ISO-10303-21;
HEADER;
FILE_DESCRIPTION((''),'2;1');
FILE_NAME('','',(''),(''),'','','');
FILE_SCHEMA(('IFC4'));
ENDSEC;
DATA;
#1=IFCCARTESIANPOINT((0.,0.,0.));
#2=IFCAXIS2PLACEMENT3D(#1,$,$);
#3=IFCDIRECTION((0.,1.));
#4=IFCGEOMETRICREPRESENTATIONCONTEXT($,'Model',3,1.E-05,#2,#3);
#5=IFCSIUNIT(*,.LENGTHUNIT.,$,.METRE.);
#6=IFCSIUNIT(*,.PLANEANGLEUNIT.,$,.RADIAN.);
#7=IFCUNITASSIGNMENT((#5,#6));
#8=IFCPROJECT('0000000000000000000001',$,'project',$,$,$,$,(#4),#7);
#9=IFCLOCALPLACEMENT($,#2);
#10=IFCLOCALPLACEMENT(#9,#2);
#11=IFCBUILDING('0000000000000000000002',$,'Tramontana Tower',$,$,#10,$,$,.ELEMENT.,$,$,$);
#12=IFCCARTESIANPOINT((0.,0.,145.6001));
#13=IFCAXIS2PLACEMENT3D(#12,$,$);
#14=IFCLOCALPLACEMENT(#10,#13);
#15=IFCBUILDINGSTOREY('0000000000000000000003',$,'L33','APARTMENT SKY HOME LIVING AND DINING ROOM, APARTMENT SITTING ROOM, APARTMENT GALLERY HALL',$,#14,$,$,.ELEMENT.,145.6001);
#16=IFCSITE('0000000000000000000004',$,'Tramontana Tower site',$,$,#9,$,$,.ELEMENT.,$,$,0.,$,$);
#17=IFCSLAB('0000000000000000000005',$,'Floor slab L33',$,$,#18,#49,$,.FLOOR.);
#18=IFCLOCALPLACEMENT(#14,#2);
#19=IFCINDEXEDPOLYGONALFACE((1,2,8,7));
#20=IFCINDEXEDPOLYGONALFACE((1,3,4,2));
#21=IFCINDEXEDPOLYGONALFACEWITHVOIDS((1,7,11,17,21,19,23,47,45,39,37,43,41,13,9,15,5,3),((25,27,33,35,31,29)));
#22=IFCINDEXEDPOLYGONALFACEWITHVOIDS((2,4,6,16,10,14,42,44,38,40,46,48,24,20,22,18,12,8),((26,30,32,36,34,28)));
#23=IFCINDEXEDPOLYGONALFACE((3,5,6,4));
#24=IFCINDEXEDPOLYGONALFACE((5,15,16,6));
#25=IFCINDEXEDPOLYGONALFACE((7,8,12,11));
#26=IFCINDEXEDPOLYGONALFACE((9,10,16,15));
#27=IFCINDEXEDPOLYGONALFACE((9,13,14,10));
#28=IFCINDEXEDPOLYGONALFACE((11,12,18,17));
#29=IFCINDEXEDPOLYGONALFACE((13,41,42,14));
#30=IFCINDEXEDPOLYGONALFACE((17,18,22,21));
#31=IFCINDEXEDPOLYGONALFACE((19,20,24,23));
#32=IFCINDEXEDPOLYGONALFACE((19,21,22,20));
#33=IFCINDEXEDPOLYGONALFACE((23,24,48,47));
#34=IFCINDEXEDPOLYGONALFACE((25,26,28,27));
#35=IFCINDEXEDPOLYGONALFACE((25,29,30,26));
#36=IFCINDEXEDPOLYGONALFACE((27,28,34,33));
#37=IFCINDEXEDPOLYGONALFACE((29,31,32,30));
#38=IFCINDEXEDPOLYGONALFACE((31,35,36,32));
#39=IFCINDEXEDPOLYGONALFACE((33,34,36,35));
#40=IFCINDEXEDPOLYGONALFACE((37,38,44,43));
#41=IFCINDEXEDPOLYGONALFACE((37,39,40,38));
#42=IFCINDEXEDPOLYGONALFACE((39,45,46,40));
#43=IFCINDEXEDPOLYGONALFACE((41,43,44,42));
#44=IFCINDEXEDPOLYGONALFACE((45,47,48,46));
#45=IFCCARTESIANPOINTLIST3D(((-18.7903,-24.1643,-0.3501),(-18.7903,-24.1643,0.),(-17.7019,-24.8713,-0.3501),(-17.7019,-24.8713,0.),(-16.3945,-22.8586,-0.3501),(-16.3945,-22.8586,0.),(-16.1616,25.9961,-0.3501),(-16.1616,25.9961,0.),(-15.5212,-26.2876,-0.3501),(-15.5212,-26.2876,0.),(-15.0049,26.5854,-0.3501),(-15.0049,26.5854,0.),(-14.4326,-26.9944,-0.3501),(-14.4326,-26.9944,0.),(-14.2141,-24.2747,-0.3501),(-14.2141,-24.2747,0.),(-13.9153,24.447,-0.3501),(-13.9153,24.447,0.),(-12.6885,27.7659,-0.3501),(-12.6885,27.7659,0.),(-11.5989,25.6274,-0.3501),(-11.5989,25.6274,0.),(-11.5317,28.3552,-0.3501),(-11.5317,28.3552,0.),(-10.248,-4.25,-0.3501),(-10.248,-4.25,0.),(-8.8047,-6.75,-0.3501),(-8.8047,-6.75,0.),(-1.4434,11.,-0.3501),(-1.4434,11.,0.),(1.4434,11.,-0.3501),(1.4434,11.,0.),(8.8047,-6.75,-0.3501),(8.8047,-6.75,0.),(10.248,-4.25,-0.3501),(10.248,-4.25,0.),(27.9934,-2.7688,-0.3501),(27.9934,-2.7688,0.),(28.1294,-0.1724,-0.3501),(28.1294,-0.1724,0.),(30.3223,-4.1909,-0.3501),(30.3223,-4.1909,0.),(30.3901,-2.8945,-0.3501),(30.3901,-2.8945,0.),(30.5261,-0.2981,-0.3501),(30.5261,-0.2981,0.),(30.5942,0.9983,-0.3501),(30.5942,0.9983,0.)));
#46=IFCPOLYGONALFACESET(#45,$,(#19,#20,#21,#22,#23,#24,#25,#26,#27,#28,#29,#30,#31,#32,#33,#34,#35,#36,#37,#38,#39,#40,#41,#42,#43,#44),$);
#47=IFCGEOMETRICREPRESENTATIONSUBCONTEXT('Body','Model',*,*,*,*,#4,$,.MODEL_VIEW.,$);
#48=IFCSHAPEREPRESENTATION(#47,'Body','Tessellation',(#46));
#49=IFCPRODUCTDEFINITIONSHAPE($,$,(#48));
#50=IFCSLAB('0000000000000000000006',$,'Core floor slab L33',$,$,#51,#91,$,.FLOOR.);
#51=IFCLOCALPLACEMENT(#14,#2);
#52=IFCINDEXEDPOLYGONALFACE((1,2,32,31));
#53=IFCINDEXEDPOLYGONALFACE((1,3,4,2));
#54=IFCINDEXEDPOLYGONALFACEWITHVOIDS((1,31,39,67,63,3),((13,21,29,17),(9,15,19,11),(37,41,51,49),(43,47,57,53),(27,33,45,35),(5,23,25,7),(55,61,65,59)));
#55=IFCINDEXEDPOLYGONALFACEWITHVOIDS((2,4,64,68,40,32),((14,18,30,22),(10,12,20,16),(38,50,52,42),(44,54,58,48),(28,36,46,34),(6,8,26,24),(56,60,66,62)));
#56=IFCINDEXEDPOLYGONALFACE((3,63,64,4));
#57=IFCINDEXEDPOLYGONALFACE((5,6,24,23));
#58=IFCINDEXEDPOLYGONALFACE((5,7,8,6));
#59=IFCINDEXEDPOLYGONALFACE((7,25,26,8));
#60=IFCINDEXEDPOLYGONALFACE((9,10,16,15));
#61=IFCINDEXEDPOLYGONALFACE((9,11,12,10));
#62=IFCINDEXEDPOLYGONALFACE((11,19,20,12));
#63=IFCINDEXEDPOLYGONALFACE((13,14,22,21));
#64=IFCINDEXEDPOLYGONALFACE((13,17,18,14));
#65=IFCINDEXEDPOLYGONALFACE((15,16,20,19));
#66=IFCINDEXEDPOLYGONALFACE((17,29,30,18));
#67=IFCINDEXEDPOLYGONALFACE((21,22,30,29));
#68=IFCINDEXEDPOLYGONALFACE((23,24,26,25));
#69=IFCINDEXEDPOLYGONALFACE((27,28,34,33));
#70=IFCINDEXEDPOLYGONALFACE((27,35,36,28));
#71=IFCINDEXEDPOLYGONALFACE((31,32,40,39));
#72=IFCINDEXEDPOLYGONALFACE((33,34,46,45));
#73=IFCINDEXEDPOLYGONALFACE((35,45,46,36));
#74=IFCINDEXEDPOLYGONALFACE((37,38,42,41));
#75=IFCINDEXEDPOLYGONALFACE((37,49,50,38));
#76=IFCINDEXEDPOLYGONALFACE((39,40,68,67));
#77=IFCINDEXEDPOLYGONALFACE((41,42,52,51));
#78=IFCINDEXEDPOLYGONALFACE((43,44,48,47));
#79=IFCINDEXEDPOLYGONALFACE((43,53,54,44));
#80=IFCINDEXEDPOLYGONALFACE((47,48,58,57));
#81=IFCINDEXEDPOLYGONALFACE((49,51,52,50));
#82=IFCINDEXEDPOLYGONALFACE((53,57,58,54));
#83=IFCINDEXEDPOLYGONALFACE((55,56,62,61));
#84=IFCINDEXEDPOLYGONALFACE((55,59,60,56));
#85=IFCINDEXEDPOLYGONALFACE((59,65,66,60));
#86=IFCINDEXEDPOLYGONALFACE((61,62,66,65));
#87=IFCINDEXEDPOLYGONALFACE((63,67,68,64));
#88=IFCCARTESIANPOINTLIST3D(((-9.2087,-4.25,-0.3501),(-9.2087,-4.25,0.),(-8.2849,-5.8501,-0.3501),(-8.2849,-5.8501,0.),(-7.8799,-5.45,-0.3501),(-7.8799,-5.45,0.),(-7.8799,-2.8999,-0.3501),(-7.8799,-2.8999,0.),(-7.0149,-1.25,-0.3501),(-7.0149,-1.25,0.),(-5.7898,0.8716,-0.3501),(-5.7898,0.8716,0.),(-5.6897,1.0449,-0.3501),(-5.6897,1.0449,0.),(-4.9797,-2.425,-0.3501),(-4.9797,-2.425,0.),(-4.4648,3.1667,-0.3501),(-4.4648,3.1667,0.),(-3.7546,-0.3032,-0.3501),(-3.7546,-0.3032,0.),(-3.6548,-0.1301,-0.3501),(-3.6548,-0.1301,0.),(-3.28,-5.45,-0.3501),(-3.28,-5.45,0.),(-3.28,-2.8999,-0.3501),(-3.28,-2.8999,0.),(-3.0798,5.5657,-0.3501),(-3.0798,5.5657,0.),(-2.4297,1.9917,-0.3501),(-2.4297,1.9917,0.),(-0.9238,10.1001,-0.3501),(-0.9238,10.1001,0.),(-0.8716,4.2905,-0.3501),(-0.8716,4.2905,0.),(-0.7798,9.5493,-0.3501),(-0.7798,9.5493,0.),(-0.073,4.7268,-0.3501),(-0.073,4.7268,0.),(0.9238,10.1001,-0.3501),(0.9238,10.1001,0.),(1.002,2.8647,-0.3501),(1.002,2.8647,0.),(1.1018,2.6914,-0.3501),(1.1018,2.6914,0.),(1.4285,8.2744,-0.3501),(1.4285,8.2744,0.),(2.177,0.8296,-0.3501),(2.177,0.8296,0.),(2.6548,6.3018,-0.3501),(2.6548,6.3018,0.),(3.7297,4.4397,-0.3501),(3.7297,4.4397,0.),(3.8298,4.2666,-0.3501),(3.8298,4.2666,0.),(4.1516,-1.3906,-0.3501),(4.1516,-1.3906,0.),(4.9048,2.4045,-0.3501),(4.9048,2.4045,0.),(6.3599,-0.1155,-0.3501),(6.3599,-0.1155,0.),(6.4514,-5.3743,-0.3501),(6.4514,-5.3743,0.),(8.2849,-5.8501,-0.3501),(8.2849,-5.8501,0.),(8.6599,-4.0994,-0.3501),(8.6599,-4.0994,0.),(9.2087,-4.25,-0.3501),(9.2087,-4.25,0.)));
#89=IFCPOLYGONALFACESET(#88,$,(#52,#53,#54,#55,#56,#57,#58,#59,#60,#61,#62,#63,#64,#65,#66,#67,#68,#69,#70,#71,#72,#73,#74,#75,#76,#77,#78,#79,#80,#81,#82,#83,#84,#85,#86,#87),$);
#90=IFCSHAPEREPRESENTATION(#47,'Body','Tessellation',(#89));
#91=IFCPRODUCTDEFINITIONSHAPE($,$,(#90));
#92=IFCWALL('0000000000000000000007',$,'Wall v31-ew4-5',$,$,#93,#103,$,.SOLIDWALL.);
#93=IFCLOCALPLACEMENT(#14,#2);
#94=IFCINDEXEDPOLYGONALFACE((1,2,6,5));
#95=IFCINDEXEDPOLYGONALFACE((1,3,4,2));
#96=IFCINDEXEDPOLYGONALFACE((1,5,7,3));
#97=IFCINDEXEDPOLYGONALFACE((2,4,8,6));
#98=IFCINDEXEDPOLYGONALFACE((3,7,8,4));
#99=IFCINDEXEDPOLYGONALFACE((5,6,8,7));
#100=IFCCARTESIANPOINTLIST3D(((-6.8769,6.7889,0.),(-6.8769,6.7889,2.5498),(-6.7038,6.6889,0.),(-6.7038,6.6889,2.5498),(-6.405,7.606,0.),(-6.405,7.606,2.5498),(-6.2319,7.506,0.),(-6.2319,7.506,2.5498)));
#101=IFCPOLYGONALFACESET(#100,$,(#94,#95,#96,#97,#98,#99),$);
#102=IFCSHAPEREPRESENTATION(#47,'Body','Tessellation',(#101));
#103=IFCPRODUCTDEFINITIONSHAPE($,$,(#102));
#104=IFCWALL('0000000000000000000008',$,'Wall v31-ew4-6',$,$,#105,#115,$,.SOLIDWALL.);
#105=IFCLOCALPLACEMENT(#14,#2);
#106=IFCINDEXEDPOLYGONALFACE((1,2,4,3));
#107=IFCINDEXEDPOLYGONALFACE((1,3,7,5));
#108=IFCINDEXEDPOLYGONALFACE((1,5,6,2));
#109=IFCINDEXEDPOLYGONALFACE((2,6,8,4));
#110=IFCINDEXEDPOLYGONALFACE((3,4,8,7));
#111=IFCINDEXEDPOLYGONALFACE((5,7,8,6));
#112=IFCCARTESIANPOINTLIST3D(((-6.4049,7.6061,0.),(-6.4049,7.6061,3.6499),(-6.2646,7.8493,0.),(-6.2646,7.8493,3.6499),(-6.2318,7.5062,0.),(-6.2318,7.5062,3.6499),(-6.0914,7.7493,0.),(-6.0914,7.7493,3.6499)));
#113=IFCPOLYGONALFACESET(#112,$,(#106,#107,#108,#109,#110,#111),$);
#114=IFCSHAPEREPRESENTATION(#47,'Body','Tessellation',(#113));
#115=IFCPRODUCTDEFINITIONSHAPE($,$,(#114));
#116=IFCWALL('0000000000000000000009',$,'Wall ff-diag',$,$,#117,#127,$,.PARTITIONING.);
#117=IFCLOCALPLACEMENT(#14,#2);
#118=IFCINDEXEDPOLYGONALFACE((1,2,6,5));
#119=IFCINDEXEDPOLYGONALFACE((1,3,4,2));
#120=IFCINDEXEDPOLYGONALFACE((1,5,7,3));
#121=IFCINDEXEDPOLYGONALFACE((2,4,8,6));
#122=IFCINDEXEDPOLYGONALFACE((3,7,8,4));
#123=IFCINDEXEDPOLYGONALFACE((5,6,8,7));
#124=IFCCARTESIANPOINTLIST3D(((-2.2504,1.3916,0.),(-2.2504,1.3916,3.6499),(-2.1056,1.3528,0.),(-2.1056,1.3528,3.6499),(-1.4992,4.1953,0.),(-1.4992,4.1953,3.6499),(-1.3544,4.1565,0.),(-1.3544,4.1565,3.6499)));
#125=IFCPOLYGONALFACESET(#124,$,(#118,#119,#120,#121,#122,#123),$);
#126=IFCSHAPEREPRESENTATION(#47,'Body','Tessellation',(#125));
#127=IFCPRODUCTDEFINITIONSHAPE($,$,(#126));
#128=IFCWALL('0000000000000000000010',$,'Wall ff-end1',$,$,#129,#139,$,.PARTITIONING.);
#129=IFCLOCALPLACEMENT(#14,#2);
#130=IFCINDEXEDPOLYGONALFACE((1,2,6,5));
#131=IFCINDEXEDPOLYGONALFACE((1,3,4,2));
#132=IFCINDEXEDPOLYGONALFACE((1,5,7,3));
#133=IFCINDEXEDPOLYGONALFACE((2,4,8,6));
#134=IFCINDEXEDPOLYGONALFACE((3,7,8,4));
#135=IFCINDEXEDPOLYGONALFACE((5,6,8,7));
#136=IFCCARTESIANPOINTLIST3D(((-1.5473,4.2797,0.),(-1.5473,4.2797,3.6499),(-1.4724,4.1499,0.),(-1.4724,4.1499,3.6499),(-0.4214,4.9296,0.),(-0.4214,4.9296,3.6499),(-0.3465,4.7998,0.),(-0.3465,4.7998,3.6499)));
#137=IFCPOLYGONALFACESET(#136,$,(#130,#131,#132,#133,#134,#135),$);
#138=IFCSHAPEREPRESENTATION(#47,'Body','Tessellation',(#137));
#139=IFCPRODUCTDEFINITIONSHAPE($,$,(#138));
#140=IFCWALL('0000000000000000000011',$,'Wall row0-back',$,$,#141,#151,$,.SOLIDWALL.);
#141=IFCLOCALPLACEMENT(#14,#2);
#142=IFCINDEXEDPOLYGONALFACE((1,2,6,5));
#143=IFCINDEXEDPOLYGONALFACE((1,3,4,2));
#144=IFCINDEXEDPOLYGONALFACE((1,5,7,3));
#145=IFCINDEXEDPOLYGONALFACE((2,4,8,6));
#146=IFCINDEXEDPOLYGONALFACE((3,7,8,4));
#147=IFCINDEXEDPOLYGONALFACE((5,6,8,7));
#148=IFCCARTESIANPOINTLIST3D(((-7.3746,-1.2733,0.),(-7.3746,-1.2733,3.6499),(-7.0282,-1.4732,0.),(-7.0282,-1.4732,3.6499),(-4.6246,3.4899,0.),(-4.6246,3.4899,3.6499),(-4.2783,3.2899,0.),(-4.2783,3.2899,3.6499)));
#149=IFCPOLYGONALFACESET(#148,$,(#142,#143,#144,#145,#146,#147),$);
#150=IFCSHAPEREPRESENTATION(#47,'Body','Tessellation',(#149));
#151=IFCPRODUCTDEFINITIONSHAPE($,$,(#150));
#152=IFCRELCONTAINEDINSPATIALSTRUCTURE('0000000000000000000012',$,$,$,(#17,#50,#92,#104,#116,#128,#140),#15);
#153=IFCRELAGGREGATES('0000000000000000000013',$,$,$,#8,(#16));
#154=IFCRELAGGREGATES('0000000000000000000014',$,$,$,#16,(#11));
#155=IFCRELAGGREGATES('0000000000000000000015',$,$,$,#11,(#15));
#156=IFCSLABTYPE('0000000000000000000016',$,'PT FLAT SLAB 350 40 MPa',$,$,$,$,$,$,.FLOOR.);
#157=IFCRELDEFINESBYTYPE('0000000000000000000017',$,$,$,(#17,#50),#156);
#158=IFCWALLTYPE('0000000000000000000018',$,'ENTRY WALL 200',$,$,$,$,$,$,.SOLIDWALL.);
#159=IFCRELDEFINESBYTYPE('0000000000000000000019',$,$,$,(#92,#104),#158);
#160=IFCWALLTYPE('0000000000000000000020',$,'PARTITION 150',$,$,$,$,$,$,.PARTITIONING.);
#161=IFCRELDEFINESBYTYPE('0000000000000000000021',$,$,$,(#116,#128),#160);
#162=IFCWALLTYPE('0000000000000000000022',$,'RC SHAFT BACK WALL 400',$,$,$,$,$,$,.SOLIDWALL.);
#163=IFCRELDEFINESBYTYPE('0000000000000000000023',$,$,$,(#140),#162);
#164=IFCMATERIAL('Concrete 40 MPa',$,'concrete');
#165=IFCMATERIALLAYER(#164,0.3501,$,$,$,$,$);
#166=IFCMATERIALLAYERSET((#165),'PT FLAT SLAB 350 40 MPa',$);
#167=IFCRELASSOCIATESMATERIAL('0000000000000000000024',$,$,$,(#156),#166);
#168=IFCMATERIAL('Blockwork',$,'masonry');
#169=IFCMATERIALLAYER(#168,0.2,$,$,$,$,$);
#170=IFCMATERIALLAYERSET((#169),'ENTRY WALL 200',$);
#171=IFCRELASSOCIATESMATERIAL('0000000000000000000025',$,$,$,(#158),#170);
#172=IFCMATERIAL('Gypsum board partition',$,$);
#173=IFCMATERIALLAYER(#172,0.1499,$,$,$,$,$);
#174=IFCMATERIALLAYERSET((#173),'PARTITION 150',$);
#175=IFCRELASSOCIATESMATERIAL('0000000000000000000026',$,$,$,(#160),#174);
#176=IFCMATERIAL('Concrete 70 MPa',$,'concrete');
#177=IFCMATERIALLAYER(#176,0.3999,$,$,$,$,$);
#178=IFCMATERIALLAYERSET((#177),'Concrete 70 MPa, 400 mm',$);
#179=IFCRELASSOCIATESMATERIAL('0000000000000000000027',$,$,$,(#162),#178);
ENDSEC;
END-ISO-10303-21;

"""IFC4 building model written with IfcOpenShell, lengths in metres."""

from ifc_helpers import new_model, si_unit, direction, frame, frame_2d, origin, place, context, subcontext, project, spatial, polyline, rectangle, outline, extrude, material, layer, layer_set, type_object, element, save


model = new_model("IFC4")

# Units and contexts
model_context = context("Model", 3, precision=1e-05, world=origin(), true_north=direction((0.0, 1.0)))
body_context = subcontext(model_context, "Body", "Model", "MODEL_VIEW")
ifc_project = project(units=[si_unit("LENGTHUNIT", "METRE"), si_unit("PLANEANGLEUNIT", "RADIAN")], contexts=[model_context])

# Site, building, storey
site_placement = place(None, origin())
site = spatial("IfcSite", under=ifc_project, at=site_placement, Name="Tramontana Tower site", CompositionType="ELEMENT", RefElevation=0.0)
building_placement = place(site_placement, origin())
building = spatial("IfcBuilding", under=site, at=building_placement, Name="Tramontana Tower", CompositionType="ELEMENT")
storey_placement = place(building_placement, frame((0.0, 0.0, 145.6001)))
storey = spatial("IfcBuildingStorey", under=building, at=storey_placement, Name="L33", Description="APARTMENT SKY HOME LIVING AND DINING ROOM, APARTMENT SITTING ROOM, APARTMENT GALLERY HALL", CompositionType="ELEMENT", Elevation=145.6001)

# Slabs
ifc_material_1 = material(Name="Concrete 40 MPa", Category="concrete")
ifc_layer_1 = layer(ifc_material_1, 0.3501)
ifc_layer_set_1 = layer_set([ifc_layer_1], Name="PT FLAT SLAB 350 40 MPa")
slab_type = type_object("IfcSlabType", Name="PT FLAT SLAB 350 40 MPa", PredefinedType="FLOOR", material=ifc_layer_set_1)
slab_1_placement = place(storey_placement, frame((0.0, 0.0, -0.3501)))
element("IfcSlab", 1, at=slab_1_placement, inside=storey, type_object=slab_type, Name="Floor slab L33", PredefinedType="FLOOR", context=body_context, shape_type="SweptSolid", body=[
    extrude(outline(polyline([(30.5261, -0.2981), (28.1294, -0.1724), (27.9934, -2.7688), (30.3901, -2.8945), (30.3223, -4.1909), (-14.4326, -26.9944), (-15.5212, -26.2876), (-14.2141, -24.2747), (-16.3945, -22.8586), (-17.7019, -24.8713), (-18.7903, -24.1643), (-16.1616, 25.9961), (-15.0049, 26.5854), (-13.9153, 24.447), (-11.5989, 25.6274), (-12.6885, 27.7659), (-11.5317, 28.3552), (30.5942, 0.9983), (30.5261, -0.2981)]), holes=[polyline([(-10.248, -4.25), (-8.8047, -6.75), (8.8047, -6.75), (10.248, -4.25), (1.4434, 11.0), (-1.4434, 11.0), (-10.248, -4.25)])]), origin(), (0.0, 0.0, 1.0), 0.3501),
])
slab_2_placement = place(storey_placement, frame((0.0, 0.0, -0.3501)))
element("IfcSlab", 2, at=slab_2_placement, inside=storey, type_object=slab_type, Name="Core floor slab L33", PredefinedType="FLOOR", context=body_context, shape_type="SweptSolid", body=[
    extrude(outline(polyline([(9.2087, -4.25), (8.2849, -5.8501), (-8.2849, -5.8501), (-9.2087, -4.25), (-0.9238, 10.1001), (0.9238, 10.1001), (9.2087, -4.25)]), holes=[polyline([(8.6599, -4.0994), (6.3599, -0.1155), (4.1516, -1.3906), (6.4514, -5.3743), (8.6599, -4.0994)]), polyline([(3.8298, 4.2666), (1.1018, 2.6914), (2.177, 0.8296), (4.9048, 2.4045), (3.8298, 4.2666)]), polyline([(2.6548, 6.3018), (-0.073, 4.7268), (1.002, 2.8647), (3.7297, 4.4397), (2.6548, 6.3018)]), polyline([(-0.7798, 9.5493), (-3.0798, 5.5657), (-0.8716, 4.2905), (1.4285, 8.2744), (-0.7798, 9.5493)]), polyline([(-5.6897, 1.0449), (-3.6548, -0.1301), (-2.4297, 1.9917), (-4.4648, 3.1667), (-5.6897, 1.0449)]), polyline([(-3.28, -5.45), (-3.28, -2.8999), (-7.8799, -2.8999), (-7.8799, -5.45), (-3.28, -5.45)]), polyline([(-7.0149, -1.25), (-4.9797, -2.425), (-3.7546, -0.3032), (-5.7898, 0.8716), (-7.0149, -1.25)])]), origin(), (0.0, 0.0, 1.0), 0.3501),
])

# Walls
ifc_material_2 = material(Name="Blockwork", Category="masonry")
ifc_layer_2 = layer(ifc_material_2, 0.2)
ifc_layer_set_2 = layer_set([ifc_layer_2], Name="ENTRY WALL 200")
wall_type_1 = type_object("IfcWallType", Name="ENTRY WALL 200", PredefinedType="SOLIDWALL", material=ifc_layer_set_2)
wall_1_placement = place(storey_placement, frame((-6.7903, 6.739, 0.0), z_axis=(0.0, 0.0, 1.0), x_axis=(0.500118, 0.865957, 0.0)))
element("IfcWall", 3, at=wall_1_placement, inside=storey, type_object=wall_type_1, Name="Wall v31-ew4-5", PredefinedType="SOLIDWALL", context=body_context, shape_type="SweptSolid", body=[
    extrude(rectangle(XDim=0.9436, YDim=0.2, at=frame_2d((0.4717, 0.0))), origin(), (0.0, 0.0, 1.0), 2.5498),
])
wall_2_placement = place(storey_placement, frame((-6.3184, 7.5562, 0.0), z_axis=(0.0, 0.0, 1.0), x_axis=(0.499973, 0.866041, 0.0)))
element("IfcWall", 4, at=wall_2_placement, inside=storey, type_object=wall_type_1, Name="Wall v31-ew4-6", PredefinedType="SOLIDWALL", context=body_context, shape_type="SweptSolid", body=[
    extrude(rectangle(XDim=0.2808, YDim=0.2, at=frame_2d((0.1404, 0.0))), origin(), (0.0, 0.0, 1.0), 3.6499),
])

# Walls
ifc_material_3 = material(Name="Gypsum board partition")
ifc_layer_3 = layer(ifc_material_3, 0.1499)
ifc_layer_set_3 = layer_set([ifc_layer_3], Name="PARTITION 150")
wall_type_2 = type_object("IfcWallType", Name="PARTITION 150", PredefinedType="PARTITIONING", material=ifc_layer_set_3)
wall_3_placement = place(storey_placement, frame((-2.178, 1.3723, 0.0), z_axis=(0.0, 0.0, 1.0), x_axis=(0.258809, 0.965929, 0.0)))
element("IfcWall", 5, at=wall_3_placement, inside=storey, type_object=wall_type_2, Name="Wall ff-diag", PredefinedType="PARTITIONING", context=body_context, shape_type="SweptSolid", body=[
    extrude(rectangle(XDim=2.9026, YDim=0.1499, at=frame_2d((1.4512, 0.0))), origin(), (0.0, 0.0, 1.0), 3.6499),
])
wall_4_placement = place(storey_placement, frame((-1.5098, 4.2148, 0.0), z_axis=(0.0, 0.0, 1.0), x_axis=(0.866086, 0.499896, 0.0)))
element("IfcWall", 6, at=wall_4_placement, inside=storey, type_object=wall_type_2, Name="Wall ff-end1", PredefinedType="PARTITIONING", context=body_context, shape_type="SweptSolid", body=[
    extrude(rectangle(XDim=1.3, YDim=0.1499, at=frame_2d((0.6499, 0.0))), origin(), (0.0, 0.0, 1.0), 3.6499),
])
ifc_material_4 = material(Name="Concrete 70 MPa", Category="concrete")
ifc_layer_4 = layer(ifc_material_4, 0.3999)
ifc_layer_set_4 = layer_set([ifc_layer_4], Name="Concrete 70 MPa, 400 mm")
wall_type_3 = type_object("IfcWallType", Name="RC SHAFT BACK WALL 400", PredefinedType="SOLIDWALL", material=ifc_layer_set_4)
wall_5_placement = place(storey_placement, frame((-4.4514, 3.3899, 0.0), z_axis=(0.0, 0.0, 1.0), x_axis=(-0.499997, -0.866027, 0.0)))
element("IfcWall", 7, at=wall_5_placement, inside=storey, type_object=wall_type_3, Name="Wall row0-back", PredefinedType="SOLIDWALL", context=body_context, shape_type="SweptSolid", body=[
    extrude(rectangle(XDim=5.5, YDim=0.3999, at=frame_2d((2.75, 0.0))), origin(), (0.0, 0.0, 1.0), 3.6499),
])

save(model, "model.ifc")
